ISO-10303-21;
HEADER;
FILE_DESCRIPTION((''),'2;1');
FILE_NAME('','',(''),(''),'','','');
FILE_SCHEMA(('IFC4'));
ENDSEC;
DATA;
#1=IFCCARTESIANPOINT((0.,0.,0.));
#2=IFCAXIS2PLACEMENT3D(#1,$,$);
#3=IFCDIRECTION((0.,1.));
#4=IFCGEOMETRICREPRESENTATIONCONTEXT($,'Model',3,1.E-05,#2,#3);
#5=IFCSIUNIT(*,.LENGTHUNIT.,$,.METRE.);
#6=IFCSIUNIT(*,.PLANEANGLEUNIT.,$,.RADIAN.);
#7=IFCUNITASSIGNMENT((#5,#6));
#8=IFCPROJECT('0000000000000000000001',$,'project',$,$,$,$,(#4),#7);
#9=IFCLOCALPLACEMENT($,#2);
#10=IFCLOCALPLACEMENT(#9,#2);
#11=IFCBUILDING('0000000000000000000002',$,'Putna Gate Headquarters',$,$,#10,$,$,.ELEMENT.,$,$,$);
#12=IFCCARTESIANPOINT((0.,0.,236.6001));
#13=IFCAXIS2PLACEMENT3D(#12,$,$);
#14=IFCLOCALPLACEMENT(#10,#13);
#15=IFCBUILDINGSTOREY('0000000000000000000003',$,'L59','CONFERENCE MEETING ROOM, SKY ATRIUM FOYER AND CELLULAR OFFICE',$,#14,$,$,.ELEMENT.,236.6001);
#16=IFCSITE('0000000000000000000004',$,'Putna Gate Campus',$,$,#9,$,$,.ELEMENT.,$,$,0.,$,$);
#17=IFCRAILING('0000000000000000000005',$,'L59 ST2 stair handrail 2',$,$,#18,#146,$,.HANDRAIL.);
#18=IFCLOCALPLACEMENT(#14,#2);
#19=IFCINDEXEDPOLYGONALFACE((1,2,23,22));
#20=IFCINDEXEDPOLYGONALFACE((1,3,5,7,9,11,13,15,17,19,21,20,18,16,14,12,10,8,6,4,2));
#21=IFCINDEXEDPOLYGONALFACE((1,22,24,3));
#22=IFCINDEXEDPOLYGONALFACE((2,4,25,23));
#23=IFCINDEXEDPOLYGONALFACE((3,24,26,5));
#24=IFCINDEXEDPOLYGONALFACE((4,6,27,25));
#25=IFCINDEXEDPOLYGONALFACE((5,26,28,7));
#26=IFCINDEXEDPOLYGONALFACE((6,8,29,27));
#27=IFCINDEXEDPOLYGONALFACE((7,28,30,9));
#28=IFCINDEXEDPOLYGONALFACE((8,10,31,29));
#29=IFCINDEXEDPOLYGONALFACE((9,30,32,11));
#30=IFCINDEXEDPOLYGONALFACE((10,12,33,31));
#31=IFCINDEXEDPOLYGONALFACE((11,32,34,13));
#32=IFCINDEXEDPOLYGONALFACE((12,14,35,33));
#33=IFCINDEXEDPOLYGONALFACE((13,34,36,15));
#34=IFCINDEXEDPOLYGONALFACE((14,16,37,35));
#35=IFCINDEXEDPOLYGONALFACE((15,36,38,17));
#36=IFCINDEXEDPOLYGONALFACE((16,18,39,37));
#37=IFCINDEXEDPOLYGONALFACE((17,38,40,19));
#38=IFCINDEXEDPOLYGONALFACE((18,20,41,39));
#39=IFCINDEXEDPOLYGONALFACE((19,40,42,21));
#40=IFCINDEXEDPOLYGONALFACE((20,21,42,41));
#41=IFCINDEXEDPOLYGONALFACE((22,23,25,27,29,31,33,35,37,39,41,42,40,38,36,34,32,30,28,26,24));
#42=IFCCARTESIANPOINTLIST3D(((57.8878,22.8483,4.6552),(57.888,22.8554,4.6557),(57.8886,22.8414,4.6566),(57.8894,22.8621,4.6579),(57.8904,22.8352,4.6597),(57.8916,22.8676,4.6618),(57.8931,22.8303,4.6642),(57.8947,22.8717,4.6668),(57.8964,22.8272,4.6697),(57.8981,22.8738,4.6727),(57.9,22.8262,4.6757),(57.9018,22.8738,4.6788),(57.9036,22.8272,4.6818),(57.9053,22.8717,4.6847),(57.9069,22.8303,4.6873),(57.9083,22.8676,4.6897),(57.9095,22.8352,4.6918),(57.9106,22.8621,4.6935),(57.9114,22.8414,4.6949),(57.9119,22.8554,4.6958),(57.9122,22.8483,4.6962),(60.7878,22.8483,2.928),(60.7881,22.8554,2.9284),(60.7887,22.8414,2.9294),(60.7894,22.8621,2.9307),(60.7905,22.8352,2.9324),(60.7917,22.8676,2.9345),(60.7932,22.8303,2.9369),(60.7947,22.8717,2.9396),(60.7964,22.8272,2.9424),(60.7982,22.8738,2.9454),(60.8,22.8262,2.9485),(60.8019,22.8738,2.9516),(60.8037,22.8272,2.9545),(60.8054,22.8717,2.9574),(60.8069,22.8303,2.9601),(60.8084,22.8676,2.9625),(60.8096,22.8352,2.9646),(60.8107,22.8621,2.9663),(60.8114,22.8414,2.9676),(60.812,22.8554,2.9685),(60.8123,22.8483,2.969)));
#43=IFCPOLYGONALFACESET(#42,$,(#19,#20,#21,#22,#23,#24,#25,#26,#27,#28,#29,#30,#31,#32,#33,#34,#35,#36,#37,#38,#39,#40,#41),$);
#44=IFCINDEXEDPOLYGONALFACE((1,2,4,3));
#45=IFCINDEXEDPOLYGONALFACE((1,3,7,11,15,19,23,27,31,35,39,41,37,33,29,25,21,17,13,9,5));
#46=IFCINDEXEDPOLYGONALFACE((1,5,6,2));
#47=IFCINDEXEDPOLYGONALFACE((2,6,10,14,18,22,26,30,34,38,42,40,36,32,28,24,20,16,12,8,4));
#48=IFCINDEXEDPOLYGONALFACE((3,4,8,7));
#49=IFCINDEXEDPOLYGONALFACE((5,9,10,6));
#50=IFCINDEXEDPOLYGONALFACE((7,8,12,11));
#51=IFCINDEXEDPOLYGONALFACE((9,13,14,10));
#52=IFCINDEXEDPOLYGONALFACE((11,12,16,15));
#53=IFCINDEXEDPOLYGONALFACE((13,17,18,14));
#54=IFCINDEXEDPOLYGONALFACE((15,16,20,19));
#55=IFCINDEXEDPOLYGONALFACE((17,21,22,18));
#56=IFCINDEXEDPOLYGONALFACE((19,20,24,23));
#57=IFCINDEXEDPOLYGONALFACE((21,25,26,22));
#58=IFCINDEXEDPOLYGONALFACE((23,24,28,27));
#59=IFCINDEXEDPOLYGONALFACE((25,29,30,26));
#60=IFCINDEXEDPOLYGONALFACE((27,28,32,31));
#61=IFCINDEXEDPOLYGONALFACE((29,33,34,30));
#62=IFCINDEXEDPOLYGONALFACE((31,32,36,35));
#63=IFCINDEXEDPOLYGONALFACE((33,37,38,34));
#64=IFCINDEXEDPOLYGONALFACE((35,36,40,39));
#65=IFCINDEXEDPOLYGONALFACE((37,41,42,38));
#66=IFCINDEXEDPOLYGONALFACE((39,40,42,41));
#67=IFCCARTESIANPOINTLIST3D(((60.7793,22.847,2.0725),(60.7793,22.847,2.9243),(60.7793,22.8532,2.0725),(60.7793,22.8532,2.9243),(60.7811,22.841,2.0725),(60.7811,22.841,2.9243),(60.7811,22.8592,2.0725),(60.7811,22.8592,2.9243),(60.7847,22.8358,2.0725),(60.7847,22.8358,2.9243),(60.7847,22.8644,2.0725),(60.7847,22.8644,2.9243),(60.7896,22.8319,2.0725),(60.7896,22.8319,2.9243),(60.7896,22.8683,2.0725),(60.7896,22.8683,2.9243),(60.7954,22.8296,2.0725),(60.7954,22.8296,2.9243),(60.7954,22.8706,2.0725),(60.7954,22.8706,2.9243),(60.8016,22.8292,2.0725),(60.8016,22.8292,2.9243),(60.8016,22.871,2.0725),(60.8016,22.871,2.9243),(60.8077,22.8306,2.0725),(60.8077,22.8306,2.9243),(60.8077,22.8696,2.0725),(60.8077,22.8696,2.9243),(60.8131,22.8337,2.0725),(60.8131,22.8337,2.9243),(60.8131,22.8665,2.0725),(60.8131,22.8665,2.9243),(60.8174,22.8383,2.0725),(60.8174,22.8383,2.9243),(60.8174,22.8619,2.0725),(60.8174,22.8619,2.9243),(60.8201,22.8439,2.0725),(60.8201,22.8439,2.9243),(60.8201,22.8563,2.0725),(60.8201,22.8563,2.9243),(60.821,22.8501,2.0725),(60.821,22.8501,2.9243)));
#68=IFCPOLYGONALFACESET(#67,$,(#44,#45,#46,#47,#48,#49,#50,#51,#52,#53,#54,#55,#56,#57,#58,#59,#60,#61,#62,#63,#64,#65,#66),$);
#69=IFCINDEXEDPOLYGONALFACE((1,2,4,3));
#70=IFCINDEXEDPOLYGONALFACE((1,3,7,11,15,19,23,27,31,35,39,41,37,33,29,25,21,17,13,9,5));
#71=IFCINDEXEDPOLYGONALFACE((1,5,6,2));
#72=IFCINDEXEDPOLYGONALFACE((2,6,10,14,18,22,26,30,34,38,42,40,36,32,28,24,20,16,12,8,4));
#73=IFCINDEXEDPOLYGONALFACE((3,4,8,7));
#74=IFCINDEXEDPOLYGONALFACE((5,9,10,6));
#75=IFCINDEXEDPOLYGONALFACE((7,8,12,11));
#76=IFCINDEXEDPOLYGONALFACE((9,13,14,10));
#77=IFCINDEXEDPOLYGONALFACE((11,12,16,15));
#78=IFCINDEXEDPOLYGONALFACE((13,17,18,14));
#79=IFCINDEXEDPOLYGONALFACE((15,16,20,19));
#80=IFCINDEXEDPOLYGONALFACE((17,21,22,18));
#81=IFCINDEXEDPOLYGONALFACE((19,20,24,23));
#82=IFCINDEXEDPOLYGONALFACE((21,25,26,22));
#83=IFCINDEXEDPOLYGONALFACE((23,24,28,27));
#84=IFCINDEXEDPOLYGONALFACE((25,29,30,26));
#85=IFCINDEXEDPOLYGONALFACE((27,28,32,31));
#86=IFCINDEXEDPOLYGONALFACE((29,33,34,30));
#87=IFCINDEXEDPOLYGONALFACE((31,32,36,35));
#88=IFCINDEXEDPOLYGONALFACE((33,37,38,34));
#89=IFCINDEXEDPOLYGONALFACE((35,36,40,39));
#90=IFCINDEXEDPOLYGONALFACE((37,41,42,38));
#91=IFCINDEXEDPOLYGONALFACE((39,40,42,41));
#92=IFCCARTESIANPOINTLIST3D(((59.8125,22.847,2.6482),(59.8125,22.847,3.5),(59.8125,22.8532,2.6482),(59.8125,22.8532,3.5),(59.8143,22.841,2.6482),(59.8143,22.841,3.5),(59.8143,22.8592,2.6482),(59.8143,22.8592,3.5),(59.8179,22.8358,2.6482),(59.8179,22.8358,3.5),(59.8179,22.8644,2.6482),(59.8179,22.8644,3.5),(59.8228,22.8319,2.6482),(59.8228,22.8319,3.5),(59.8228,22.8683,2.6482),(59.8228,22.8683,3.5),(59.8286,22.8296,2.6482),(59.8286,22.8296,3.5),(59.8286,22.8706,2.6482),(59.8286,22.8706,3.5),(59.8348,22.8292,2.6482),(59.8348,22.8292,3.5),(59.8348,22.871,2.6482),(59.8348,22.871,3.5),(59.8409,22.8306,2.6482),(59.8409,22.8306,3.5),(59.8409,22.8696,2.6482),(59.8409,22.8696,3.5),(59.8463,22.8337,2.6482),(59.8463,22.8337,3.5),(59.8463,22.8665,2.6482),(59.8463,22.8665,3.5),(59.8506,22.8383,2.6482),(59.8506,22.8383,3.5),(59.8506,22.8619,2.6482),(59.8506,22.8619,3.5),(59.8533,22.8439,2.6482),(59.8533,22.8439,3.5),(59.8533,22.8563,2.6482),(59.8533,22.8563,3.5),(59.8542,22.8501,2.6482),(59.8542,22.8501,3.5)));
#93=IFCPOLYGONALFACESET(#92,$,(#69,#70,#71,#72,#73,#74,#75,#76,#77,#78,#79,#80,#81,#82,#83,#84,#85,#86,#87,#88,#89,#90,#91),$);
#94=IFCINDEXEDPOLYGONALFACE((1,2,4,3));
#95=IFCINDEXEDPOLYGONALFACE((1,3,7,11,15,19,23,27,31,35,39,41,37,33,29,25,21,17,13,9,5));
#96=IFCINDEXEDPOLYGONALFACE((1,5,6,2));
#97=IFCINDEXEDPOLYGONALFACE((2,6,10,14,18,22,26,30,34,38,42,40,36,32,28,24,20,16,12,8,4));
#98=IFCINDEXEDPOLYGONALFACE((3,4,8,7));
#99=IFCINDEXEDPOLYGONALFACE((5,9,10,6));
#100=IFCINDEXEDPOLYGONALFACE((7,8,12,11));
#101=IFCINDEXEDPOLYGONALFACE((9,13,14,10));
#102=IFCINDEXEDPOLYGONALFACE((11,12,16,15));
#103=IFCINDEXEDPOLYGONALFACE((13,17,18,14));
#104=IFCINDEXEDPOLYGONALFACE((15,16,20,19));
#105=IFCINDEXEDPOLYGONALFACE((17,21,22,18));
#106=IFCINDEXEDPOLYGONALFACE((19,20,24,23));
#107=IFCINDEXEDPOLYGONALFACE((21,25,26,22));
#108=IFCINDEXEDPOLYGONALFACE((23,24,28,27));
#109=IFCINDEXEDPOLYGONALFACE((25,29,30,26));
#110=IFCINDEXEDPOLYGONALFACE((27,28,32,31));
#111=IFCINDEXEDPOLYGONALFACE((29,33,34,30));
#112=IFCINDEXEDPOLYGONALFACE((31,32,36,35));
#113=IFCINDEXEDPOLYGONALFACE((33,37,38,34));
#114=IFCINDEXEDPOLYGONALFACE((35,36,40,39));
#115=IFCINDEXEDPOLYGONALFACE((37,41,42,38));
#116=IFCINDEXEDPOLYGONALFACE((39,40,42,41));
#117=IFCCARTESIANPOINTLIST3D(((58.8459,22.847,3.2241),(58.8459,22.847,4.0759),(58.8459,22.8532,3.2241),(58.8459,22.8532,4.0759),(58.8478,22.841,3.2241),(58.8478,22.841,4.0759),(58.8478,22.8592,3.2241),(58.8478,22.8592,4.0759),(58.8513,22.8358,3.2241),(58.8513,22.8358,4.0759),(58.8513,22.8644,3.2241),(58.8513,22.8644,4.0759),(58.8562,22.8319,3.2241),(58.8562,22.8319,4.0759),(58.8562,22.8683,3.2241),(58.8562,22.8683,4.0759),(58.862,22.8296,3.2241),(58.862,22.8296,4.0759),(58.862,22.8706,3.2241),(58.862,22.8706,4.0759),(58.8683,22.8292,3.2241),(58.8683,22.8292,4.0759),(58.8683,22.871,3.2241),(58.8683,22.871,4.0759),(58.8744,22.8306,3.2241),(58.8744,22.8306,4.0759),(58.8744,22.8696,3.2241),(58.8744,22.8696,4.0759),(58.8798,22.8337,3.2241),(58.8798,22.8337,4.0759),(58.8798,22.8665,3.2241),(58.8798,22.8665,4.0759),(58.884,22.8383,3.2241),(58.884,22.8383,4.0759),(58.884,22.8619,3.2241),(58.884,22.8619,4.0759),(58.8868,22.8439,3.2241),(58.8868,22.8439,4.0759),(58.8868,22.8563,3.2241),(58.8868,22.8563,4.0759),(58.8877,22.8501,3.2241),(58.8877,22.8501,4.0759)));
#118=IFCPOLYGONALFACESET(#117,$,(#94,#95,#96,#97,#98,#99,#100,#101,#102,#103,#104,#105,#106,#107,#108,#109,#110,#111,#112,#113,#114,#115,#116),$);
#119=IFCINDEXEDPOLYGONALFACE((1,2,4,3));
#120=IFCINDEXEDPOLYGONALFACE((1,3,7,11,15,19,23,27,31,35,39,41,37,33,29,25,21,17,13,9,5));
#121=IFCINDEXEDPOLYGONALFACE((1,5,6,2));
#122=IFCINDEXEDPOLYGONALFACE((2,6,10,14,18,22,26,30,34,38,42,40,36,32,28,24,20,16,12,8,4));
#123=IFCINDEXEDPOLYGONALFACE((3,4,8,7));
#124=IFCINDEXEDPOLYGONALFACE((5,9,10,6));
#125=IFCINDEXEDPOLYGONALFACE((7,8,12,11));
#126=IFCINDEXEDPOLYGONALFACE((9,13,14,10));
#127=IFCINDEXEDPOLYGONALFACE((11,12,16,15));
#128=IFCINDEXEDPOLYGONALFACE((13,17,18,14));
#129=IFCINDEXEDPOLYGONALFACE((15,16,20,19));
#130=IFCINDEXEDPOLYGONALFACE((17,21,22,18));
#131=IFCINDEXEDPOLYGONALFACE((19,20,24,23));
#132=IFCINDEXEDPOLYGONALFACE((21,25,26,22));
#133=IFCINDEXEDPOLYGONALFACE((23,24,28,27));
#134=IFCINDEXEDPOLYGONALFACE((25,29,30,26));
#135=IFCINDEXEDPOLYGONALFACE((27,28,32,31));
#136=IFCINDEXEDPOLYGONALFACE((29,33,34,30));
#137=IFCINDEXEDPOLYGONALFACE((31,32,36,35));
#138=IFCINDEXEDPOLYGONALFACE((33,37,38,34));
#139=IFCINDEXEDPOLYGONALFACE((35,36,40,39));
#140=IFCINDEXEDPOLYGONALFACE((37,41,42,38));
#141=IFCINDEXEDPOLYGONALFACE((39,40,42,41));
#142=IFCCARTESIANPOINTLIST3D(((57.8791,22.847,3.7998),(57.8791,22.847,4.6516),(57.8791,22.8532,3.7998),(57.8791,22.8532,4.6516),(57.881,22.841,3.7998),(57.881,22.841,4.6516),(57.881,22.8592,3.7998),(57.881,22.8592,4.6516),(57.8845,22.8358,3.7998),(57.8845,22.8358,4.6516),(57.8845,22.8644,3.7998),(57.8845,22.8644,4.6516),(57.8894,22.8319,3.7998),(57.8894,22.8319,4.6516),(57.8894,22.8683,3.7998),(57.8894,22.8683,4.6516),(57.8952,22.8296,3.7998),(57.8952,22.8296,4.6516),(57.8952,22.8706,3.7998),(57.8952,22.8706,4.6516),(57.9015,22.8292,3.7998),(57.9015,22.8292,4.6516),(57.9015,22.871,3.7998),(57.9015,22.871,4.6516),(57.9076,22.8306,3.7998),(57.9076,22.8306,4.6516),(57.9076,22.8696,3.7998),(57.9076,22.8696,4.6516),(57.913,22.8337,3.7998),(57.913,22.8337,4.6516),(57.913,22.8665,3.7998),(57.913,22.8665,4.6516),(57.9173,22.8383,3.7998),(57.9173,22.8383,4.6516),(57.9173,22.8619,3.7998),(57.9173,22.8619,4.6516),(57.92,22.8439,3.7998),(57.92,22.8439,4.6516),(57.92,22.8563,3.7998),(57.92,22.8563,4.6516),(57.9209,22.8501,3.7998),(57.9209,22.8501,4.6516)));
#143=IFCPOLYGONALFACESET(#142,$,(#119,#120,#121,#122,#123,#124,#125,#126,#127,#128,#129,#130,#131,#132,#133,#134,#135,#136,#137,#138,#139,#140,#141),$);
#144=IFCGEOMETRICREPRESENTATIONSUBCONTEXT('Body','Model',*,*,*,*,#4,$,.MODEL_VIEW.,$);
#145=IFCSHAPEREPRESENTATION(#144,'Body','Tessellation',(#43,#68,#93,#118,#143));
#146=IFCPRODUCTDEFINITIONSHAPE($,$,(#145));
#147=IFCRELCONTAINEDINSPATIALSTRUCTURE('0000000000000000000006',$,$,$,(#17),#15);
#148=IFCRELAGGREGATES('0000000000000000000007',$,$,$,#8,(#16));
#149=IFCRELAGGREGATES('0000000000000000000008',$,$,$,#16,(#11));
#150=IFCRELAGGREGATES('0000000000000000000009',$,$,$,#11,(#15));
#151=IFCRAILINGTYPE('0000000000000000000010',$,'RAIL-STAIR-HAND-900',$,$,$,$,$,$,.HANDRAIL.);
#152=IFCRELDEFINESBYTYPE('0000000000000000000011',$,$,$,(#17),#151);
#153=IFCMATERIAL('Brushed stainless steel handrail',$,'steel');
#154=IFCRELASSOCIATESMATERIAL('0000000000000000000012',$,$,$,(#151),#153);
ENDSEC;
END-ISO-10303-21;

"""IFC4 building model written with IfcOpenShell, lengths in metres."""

from ifc_helpers import new_model, si_unit, direction, frame, origin, origin_2d, place, context, subcontext, project, spatial, circle, extrude, material, type_object, element, save


model = new_model("IFC4")

# Units and contexts
model_context = context("Model", 3, precision=1e-05, world=origin(), true_north=direction((0.0, 1.0)))
body_context = subcontext(model_context, "Body", "Model", "MODEL_VIEW")
ifc_project = project(units=[si_unit("LENGTHUNIT", "METRE"), si_unit("PLANEANGLEUNIT", "RADIAN")], contexts=[model_context])

# Site, building, storey
site_placement = place(None, origin())
site = spatial("IfcSite", under=ifc_project, at=site_placement, Name="Putna Gate Campus", CompositionType="ELEMENT", RefElevation=0.0)
building_placement = place(site_placement, origin())
building = spatial("IfcBuilding", under=site, at=building_placement, Name="Putna Gate Headquarters", CompositionType="ELEMENT")
storey_placement = place(building_placement, frame((0.0, 0.0, 236.6001)))
storey = spatial("IfcBuildingStorey", under=building, at=storey_placement, Name="L59", Description="CONFERENCE MEETING ROOM, SKY ATRIUM FOYER AND CELLULAR OFFICE", CompositionType="ELEMENT", Elevation=236.6001)

# Railing
ifc_material_1 = material(Name="Brushed stainless steel handrail", Category="steel")
railing_type_1 = type_object("IfcRailingType", Name="RAIL-STAIR-HAND-900", PredefinedType="HANDRAIL", material=ifc_material_1)
railing_1_placement = place(storey_placement, frame((60.8, 22.8501, 2.0725)))
element("IfcRailing", 1, at=railing_1_placement, inside=storey, type_object=railing_type_1, Name="L59 ST2 stair handrail 2", PredefinedType="HANDRAIL", context=body_context, shape_type="SweptSolid", body=[
    extrude(circle(Radius=0.0239, at=origin_2d()), frame((0.0, 0.0, 0.876), z_axis=(-0.85916, 0.0, 0.511706), x_axis=(0.0, -1.0, 0.0)), (0.0, 0.0, 1.0), 3.3755),
    extrude(circle(Radius=0.021, at=origin_2d()), origin(), (0.0, 0.0, 1.0), 0.8518),
    extrude(circle(Radius=0.021, at=origin_2d()), frame((-0.9668, 0.0, 0.5757)), (0.0, 0.0, 1.0), 0.8518),
    extrude(circle(Radius=0.021, at=origin_2d()), frame((-1.9333, 0.0, 1.1516)), (0.0, 0.0, 1.0), 0.8518),
    extrude(circle(Radius=0.021, at=origin_2d()), frame((-2.9001, 0.0, 1.7273)), (0.0, 0.0, 1.0), 0.8518),
])

save(model, "model.ifc")
